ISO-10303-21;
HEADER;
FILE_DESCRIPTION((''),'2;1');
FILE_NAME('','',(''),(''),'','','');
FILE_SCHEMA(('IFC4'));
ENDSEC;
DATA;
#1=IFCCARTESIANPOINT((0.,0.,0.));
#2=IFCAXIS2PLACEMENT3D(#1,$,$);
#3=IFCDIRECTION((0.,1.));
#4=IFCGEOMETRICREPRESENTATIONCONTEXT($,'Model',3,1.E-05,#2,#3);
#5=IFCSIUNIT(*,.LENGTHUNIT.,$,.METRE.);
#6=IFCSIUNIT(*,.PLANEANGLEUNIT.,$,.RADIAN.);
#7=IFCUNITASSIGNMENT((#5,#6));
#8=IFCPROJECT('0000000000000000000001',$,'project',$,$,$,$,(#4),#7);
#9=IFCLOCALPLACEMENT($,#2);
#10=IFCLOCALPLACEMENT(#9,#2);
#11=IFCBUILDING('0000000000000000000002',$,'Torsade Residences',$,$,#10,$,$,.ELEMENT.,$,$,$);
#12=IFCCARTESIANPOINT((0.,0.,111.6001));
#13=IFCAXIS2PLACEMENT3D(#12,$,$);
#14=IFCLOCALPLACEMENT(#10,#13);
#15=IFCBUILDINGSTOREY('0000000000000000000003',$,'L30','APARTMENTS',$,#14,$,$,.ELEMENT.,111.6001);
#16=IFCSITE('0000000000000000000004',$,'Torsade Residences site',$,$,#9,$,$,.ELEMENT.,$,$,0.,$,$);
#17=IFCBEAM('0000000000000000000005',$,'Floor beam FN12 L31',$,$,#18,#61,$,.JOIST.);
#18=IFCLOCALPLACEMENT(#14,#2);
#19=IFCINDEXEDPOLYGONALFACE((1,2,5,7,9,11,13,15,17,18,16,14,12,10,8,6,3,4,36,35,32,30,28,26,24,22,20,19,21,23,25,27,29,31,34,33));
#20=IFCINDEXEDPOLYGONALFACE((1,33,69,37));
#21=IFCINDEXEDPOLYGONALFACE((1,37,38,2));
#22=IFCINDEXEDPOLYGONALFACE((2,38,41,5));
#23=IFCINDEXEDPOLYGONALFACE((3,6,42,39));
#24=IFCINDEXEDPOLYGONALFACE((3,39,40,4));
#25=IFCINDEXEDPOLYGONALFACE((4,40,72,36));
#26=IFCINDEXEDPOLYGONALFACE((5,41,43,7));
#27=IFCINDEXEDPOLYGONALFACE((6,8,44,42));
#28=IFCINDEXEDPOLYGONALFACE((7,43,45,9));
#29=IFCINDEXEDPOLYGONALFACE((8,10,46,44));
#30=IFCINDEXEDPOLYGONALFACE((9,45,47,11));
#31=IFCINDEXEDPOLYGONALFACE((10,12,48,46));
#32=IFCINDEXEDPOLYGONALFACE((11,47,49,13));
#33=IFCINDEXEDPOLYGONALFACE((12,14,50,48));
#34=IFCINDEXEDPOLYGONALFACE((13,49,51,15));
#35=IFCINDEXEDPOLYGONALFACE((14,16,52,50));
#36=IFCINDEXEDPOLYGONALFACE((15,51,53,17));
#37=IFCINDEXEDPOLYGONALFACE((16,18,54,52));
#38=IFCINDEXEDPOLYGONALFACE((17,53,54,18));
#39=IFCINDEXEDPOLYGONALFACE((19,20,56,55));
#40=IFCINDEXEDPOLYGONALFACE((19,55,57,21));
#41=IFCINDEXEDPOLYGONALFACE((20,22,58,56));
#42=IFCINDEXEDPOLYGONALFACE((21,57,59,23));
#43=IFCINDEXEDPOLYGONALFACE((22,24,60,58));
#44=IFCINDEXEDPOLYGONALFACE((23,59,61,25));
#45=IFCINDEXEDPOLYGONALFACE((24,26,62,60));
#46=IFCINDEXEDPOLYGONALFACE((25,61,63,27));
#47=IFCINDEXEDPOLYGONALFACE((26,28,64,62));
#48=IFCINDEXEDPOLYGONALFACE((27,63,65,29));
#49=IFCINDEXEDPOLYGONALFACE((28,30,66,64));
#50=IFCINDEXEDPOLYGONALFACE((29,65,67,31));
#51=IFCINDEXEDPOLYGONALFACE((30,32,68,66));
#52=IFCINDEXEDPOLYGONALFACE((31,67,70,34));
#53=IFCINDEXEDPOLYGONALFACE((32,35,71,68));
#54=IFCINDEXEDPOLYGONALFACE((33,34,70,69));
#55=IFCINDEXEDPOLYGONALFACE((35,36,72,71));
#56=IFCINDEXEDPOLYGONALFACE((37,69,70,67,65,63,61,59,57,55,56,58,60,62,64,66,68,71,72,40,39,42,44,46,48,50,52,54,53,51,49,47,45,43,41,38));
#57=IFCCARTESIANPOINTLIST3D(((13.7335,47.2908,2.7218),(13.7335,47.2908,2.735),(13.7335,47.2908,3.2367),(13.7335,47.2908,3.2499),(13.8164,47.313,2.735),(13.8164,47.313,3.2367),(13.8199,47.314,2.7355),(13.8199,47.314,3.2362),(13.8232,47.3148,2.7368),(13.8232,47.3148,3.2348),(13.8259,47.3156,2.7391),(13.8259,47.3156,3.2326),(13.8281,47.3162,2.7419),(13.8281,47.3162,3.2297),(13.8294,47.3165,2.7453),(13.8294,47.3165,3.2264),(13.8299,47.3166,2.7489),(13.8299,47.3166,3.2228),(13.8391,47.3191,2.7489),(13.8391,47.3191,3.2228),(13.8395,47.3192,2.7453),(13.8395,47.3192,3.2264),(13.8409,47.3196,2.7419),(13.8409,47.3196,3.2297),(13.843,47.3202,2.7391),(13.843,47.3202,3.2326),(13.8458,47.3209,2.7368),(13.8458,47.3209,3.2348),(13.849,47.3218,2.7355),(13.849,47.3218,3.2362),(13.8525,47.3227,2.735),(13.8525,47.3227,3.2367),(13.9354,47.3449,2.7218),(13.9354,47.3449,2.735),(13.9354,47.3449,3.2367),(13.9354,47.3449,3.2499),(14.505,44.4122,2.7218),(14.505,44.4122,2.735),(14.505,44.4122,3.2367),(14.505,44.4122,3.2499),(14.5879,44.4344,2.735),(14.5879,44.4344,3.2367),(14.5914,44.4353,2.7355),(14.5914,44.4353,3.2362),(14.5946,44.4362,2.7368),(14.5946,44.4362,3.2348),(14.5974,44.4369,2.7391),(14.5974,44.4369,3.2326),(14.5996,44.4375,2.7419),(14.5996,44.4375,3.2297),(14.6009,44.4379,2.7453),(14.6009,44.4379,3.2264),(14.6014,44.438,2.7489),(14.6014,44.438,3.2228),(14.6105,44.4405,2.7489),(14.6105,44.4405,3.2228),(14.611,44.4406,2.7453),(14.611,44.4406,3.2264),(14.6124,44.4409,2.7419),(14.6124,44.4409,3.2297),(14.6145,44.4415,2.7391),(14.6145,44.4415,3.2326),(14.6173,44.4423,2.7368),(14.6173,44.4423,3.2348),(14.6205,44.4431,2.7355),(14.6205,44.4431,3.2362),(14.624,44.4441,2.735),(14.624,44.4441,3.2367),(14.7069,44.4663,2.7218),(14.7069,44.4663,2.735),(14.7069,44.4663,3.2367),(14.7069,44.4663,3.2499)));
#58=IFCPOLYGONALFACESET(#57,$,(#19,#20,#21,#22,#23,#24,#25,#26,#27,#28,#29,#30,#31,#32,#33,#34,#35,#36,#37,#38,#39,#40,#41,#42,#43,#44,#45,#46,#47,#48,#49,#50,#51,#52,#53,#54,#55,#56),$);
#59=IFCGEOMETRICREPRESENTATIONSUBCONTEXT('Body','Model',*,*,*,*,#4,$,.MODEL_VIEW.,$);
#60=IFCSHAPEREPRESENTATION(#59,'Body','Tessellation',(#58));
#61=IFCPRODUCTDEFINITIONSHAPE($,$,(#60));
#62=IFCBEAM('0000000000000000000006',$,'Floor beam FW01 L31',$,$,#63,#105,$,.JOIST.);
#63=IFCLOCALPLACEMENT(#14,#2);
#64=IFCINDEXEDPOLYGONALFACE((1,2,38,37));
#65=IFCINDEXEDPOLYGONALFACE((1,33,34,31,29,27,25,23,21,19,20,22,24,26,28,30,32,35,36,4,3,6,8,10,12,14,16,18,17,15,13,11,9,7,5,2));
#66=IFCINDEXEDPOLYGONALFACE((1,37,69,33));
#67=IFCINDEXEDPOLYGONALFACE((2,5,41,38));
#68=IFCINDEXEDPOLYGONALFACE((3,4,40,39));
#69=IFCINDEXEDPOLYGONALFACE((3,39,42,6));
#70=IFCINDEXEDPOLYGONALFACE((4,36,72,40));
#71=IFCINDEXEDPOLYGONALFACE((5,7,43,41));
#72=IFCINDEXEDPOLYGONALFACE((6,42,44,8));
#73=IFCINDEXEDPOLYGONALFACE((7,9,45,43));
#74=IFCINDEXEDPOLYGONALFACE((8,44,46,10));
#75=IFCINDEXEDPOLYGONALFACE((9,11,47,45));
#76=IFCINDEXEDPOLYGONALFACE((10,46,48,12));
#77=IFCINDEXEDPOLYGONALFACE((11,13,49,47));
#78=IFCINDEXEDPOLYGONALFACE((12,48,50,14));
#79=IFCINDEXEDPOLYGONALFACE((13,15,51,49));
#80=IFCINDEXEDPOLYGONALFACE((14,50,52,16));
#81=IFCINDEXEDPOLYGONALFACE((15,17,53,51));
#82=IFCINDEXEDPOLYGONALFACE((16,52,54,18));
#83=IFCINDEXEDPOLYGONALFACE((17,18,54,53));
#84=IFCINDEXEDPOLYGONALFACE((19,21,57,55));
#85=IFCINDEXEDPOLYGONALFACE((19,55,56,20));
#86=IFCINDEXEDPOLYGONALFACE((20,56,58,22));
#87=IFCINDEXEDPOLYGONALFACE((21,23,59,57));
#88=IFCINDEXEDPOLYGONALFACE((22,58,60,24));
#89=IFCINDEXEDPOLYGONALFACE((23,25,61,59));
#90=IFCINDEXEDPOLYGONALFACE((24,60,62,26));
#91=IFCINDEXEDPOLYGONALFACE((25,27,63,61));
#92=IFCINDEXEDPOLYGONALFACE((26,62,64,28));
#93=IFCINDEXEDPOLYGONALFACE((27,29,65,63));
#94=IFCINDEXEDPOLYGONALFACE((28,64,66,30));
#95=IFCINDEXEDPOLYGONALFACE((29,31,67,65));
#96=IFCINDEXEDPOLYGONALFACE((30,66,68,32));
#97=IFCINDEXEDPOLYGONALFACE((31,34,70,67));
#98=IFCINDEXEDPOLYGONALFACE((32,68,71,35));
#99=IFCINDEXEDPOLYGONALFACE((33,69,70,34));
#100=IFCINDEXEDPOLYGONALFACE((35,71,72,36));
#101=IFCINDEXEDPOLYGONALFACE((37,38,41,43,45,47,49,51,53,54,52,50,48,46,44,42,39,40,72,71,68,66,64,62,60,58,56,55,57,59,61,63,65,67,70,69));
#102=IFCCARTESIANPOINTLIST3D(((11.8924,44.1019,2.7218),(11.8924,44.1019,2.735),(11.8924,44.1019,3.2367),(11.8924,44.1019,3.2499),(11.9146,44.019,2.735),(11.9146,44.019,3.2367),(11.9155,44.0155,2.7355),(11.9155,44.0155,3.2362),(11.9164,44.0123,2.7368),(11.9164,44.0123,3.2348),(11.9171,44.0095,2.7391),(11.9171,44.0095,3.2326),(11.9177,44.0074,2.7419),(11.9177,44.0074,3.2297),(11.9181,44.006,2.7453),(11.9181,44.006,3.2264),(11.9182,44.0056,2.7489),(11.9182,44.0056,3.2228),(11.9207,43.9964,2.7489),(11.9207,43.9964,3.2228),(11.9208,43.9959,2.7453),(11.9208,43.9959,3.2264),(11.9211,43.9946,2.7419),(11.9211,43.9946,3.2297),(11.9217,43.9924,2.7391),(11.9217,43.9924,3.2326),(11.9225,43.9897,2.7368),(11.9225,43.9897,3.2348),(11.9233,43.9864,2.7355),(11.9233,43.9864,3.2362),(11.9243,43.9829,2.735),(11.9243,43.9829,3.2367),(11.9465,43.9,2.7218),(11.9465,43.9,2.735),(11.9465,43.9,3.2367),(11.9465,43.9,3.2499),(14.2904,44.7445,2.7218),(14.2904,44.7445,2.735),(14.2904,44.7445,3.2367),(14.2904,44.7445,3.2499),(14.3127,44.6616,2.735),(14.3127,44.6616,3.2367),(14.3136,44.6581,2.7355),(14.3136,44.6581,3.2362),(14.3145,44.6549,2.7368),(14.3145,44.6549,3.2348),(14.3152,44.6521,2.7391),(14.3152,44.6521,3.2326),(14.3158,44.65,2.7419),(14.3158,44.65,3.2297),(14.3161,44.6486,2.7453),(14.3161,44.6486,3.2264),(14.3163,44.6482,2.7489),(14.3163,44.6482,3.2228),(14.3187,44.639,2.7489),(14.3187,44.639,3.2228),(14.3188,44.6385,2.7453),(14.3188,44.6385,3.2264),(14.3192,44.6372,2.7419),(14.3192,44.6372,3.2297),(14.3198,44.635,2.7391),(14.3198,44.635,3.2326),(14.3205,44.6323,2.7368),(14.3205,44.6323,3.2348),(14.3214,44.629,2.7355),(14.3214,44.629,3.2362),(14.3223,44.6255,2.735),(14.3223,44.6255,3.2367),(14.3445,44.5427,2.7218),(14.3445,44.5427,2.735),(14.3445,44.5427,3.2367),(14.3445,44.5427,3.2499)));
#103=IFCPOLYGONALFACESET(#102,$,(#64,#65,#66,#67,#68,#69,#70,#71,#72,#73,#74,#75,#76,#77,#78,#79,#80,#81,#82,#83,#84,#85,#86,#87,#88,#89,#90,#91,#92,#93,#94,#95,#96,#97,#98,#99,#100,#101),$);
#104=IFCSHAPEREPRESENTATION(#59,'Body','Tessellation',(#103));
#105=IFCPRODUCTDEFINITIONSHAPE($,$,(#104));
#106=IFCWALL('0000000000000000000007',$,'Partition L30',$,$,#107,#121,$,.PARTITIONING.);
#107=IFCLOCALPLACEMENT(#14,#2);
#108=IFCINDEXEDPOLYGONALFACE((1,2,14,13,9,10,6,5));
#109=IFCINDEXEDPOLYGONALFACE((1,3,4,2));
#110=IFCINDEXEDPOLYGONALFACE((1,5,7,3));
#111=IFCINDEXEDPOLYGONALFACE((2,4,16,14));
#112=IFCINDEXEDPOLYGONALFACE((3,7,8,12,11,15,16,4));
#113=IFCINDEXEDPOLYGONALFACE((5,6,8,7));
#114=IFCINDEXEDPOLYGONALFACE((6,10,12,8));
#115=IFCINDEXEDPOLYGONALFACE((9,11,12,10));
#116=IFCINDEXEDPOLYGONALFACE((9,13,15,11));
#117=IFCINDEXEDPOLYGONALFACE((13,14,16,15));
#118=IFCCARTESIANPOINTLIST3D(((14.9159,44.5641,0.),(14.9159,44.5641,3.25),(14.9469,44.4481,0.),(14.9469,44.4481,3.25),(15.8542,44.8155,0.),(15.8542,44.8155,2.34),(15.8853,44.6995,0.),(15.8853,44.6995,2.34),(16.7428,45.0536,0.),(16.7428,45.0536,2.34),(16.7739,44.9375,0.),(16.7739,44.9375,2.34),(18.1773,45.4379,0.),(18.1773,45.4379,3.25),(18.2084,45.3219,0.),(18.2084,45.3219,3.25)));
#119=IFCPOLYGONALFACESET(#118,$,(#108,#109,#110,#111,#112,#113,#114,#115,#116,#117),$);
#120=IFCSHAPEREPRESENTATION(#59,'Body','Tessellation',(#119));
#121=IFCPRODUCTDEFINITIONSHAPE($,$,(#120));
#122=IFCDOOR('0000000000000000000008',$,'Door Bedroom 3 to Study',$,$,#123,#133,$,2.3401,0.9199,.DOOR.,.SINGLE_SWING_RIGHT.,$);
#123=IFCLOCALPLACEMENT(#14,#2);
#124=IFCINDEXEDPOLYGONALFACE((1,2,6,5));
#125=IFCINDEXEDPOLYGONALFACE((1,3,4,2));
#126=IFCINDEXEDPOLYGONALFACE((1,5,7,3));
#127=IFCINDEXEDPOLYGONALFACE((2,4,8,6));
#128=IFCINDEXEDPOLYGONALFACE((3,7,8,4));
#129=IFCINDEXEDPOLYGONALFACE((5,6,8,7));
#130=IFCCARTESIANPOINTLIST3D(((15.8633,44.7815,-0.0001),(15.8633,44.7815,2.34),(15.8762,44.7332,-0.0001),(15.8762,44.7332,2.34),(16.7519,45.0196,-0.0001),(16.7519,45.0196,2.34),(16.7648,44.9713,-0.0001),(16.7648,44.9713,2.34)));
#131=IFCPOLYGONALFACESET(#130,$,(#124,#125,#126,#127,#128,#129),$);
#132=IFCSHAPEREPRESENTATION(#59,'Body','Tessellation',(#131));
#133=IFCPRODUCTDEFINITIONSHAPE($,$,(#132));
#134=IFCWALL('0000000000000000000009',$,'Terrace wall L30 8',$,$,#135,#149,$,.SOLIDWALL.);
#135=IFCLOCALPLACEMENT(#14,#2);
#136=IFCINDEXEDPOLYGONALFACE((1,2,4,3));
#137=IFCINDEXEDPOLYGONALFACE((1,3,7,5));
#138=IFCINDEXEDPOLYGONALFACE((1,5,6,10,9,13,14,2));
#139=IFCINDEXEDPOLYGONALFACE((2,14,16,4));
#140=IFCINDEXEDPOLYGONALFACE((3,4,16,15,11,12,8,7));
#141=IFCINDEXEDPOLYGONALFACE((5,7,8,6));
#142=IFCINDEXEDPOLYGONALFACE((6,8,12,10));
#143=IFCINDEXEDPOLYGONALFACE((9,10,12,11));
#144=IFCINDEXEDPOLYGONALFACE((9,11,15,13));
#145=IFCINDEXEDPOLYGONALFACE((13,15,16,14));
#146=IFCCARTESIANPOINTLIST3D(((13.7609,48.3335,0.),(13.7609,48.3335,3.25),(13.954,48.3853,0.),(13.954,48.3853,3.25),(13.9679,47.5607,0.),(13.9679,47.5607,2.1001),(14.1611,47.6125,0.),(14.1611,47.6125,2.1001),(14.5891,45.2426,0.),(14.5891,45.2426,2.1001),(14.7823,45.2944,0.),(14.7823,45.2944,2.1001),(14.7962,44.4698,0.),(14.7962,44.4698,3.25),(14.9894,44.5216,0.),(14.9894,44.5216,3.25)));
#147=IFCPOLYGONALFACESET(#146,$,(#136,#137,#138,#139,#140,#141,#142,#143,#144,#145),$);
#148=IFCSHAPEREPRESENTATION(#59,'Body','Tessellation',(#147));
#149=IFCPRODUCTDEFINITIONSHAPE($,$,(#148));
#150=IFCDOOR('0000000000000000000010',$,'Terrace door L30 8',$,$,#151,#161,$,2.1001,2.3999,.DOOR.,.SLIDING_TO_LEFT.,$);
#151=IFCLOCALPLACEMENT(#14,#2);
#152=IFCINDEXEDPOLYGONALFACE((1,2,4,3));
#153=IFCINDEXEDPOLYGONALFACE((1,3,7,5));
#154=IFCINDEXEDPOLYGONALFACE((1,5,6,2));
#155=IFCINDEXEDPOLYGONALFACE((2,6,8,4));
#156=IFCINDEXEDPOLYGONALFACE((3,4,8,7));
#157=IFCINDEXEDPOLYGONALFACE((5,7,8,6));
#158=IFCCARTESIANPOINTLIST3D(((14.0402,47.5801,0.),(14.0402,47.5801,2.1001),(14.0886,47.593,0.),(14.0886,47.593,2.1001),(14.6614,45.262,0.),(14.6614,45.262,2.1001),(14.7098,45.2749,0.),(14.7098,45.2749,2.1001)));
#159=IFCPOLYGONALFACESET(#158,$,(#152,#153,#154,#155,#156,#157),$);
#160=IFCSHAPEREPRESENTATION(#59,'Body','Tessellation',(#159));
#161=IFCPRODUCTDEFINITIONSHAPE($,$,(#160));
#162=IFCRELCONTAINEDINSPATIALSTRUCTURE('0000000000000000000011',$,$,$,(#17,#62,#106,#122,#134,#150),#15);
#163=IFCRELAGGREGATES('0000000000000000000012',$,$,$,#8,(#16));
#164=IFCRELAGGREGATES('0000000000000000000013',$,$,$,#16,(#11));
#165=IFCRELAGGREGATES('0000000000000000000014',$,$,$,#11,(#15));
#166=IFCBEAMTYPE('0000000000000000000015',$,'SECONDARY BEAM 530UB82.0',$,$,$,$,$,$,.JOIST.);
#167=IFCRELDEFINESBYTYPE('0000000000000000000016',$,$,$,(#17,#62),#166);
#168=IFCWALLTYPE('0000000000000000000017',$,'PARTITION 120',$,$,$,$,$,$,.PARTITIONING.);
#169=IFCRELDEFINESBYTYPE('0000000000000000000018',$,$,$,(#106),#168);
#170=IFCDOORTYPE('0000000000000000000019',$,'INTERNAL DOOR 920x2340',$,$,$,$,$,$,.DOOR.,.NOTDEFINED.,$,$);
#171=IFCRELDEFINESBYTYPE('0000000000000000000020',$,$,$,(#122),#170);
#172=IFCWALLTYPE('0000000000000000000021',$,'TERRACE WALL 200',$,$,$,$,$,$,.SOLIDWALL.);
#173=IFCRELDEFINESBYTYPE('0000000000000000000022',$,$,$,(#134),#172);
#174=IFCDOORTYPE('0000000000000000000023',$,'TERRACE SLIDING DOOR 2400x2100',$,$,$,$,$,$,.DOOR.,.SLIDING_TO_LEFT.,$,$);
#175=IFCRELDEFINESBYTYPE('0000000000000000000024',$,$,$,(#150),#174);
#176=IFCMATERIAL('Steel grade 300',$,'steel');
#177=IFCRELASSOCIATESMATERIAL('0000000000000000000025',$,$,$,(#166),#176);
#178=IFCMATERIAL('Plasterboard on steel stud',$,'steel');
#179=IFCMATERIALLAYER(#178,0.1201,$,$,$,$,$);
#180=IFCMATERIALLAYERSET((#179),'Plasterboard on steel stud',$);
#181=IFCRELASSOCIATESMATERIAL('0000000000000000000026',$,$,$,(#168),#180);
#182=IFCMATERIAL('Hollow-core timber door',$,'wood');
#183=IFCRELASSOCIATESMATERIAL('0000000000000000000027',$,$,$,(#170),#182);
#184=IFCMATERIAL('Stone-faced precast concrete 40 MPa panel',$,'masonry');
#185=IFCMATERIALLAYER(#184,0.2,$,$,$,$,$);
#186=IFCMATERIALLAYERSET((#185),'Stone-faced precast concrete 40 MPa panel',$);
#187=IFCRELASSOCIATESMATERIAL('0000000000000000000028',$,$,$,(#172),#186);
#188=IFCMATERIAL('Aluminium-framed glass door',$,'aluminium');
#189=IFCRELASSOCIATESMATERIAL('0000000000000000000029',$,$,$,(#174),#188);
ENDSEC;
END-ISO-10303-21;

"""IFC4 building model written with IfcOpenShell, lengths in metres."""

from ifc_helpers import new_model, si_unit, direction, frame, frame_2d, origin, origin_2d, place, context, subcontext, project, spatial, rectangle, i_section, extrude, material, layer, layer_set, material_profile, profile_set, type_object, element, fill, save


model = new_model("IFC4")

# Units and contexts
model_context = context("Model", 3, precision=1e-05, world=origin(), true_north=direction((0.0, 1.0)))
body_context = subcontext(model_context, "Body", "Model", "MODEL_VIEW")
ifc_project = project(units=[si_unit("LENGTHUNIT", "METRE"), si_unit("PLANEANGLEUNIT", "RADIAN")], contexts=[model_context])

# Site, building, storey
site_placement = place(None, origin())
site = spatial("IfcSite", under=ifc_project, at=site_placement, Name="Torsade Residences site", CompositionType="ELEMENT", RefElevation=0.0)
building_placement = place(site_placement, origin())
building = spatial("IfcBuilding", under=site, at=building_placement, Name="Torsade Residences", CompositionType="ELEMENT")
storey_placement = place(building_placement, frame((0.0, 0.0, 111.6001)))
storey = spatial("IfcBuildingStorey", under=building, at=storey_placement, Name="L30", Description="APARTMENTS", CompositionType="ELEMENT", Elevation=111.6001)

# Beams
ifc_material_1 = material(Name="Steel grade 300", Category="steel")
ifc_material_profile_1 = material_profile(ifc_material_1, i_section(OverallWidth=0.209, OverallDepth=0.5281, WebThickness=0.0095, FlangeThickness=0.0132, FilletRadius=0.0139, at=origin_2d()), Name="530UB82.0")
ifc_profile_set_1 = profile_set([ifc_material_profile_1], Name="Steel grade 300")
beam_type_1 = type_object("IfcBeamType", Name="SECONDARY BEAM 530UB82.0", PredefinedType="JOIST", material=ifc_profile_set_1)
beam_1_placement = place(storey_placement, frame((13.8345, 47.3179, 2.9858), z_axis=(0.258866, -0.965913, 0.0), x_axis=(0.965913, 0.258866, 0.0)))
element("IfcBeam", 1, at=beam_1_placement, inside=storey, type_object=beam_type_1, Name="Floor beam FN12 L31", PredefinedType="JOIST", context=body_context, shape_type="SweptSolid", body=[
    extrude(i_section(OverallWidth=0.209, OverallDepth=0.5281, WebThickness=0.0095, FlangeThickness=0.0132, FilletRadius=0.0139, at=origin_2d()), origin(), (0.0, 0.0, 1.0), 2.9802),
])
beam_2_placement = place(storey_placement, frame((11.9194, 44.001, 2.9858), z_axis=(0.965921, 0.258838, 0.0), x_axis=(-0.258838, 0.965921, 0.0)))
element("IfcBeam", 2, at=beam_2_placement, inside=storey, type_object=beam_type_1, Name="Floor beam FW01 L31", PredefinedType="JOIST", context=body_context, shape_type="SweptSolid", body=[
    extrude(i_section(OverallWidth=0.209, OverallDepth=0.5281, WebThickness=0.0095, FlangeThickness=0.0132, FilletRadius=0.0139, at=origin_2d()), origin(), (0.0, 0.0, 1.0), 2.4827),
])

# Walls, openings, doors
ifc_material_2 = material(Name="Plasterboard on steel stud", Category="steel")
ifc_layer_1 = layer(ifc_material_2, 0.1201)
ifc_layer_set_1 = layer_set([ifc_layer_1], Name="Plasterboard on steel stud")
wall_type_1 = type_object("IfcWallType", Name="PARTITION 120", PredefinedType="PARTITIONING", material=ifc_layer_set_1)
wall_1_placement = place(storey_placement, frame((14.9314, 44.5061, 0.0), z_axis=(0.0, 0.0, 1.0), x_axis=(0.965935, 0.258783, 0.0)))
wall_1 = element("IfcWall", 3, at=wall_1_placement, inside=storey, type_object=wall_type_1, Name="Partition L30", PredefinedType="PARTITIONING", context=body_context, shape_type="SweptSolid", body=[
    extrude(rectangle(XDim=3.3765, YDim=0.1201, at=frame_2d((1.6882, 0.0))), origin(), (0.0, 0.0, 1.0), 3.25),
])
opening_1_placement = place(wall_1_placement, frame((0.9714, 0.0, 0.0)))
opening_1 = element("IfcOpeningElement", 4, at=opening_1_placement, cuts=wall_1, PredefinedType="OPENING", context=body_context, shape_type="SweptSolid", body=[
    extrude(rectangle(XDim=0.9199, YDim=2.3401, at=frame_2d((0.46, 1.1699))), frame((0.0, 0.0701, 0.0), z_axis=(0.0, -1.0, 0.0), x_axis=(1.0, 0.0, 0.0)), (0.0, 0.0, 1.0), 0.1401),
])
ifc_material_3 = material(Name="Hollow-core timber door", Category="wood")
door_type_1 = type_object("IfcDoorType", Name="INTERNAL DOOR 920x2340", OperationType="NOTDEFINED", PredefinedType="DOOR", material=ifc_material_3)
door_1_placement = place(opening_1_placement, origin())
door_1 = element("IfcDoor", 5, at=door_1_placement, inside=storey, type_object=door_type_1, Name="Door Bedroom 3 to Study", OperationType="SINGLE_SWING_RIGHT", OverallHeight=2.3401, OverallWidth=0.9199, PredefinedType="DOOR", context=body_context, shape_type="SweptSolid", body=[
    extrude(rectangle(XDim=0.9199, YDim=2.3401, at=frame_2d((0.46, 1.1699))), frame((0.0, 0.0249, 0.0), z_axis=(0.0, -1.0, 0.0), x_axis=(1.0, 0.0, 0.0)), (0.0, 0.0, 1.0), 0.05),
])
fill(opening_1, door_1)
ifc_material_4 = material(Name="Stone-faced precast concrete 40 MPa panel", Category="masonry")
ifc_layer_2 = layer(ifc_material_4, 0.2)
ifc_layer_set_2 = layer_set([ifc_layer_2], Name="Stone-faced precast concrete 40 MPa panel")
wall_type_2 = type_object("IfcWallType", Name="TERRACE WALL 200", PredefinedType="SOLIDWALL", material=ifc_layer_set_2)
wall_2_placement = place(storey_placement, frame((13.8574, 48.3594, 0.0), z_axis=(0.0, 0.0, 1.0), x_axis=(0.258844, -0.965919, 0.0)))
wall_2 = element("IfcWall", 6, at=wall_2_placement, inside=storey, type_object=wall_type_2, Name="Terrace wall L30 8", PredefinedType="SOLIDWALL", context=body_context, shape_type="SweptSolid", body=[
    extrude(rectangle(XDim=4.0, YDim=0.2, at=frame_2d((2.0, 0.0))), origin(), (0.0, 0.0, 1.0), 3.25),
])
opening_2_placement = place(wall_2_placement, frame((0.8, 0.0, 0.0)))
opening_2 = element("IfcOpeningElement", 7, at=opening_2_placement, cuts=wall_2, PredefinedType="OPENING", context=body_context, shape_type="SweptSolid", body=[
    extrude(rectangle(XDim=2.3999, YDim=2.1001, at=frame_2d((1.2, 1.05))), frame((0.0, 0.1099, 0.0), z_axis=(0.0, -1.0, 0.0), x_axis=(1.0, 0.0, 0.0)), (0.0, 0.0, 1.0), 0.22),
])
ifc_material_5 = material(Name="Aluminium-framed glass door", Category="aluminium")
door_type_2 = type_object("IfcDoorType", Name="TERRACE SLIDING DOOR 2400x2100", OperationType="SLIDING_TO_LEFT", PredefinedType="DOOR", material=ifc_material_5)
door_2_placement = place(opening_2_placement, origin())
door_2 = element("IfcDoor", 8, at=door_2_placement, inside=storey, type_object=door_type_2, Name="Terrace door L30 8", OperationType="SLIDING_TO_LEFT", OverallHeight=2.1001, OverallWidth=2.3999, PredefinedType="DOOR", context=body_context, shape_type="SweptSolid", body=[
    extrude(rectangle(XDim=2.3999, YDim=2.1001, at=frame_2d((1.2, 1.05))), frame((0.0, 0.0249, 0.0), z_axis=(0.0, -1.0, 0.0), x_axis=(1.0, 0.0, 0.0)), (0.0, 0.0, 1.0), 0.05),
])
fill(opening_2, door_2)

save(model, "model.ifc")
